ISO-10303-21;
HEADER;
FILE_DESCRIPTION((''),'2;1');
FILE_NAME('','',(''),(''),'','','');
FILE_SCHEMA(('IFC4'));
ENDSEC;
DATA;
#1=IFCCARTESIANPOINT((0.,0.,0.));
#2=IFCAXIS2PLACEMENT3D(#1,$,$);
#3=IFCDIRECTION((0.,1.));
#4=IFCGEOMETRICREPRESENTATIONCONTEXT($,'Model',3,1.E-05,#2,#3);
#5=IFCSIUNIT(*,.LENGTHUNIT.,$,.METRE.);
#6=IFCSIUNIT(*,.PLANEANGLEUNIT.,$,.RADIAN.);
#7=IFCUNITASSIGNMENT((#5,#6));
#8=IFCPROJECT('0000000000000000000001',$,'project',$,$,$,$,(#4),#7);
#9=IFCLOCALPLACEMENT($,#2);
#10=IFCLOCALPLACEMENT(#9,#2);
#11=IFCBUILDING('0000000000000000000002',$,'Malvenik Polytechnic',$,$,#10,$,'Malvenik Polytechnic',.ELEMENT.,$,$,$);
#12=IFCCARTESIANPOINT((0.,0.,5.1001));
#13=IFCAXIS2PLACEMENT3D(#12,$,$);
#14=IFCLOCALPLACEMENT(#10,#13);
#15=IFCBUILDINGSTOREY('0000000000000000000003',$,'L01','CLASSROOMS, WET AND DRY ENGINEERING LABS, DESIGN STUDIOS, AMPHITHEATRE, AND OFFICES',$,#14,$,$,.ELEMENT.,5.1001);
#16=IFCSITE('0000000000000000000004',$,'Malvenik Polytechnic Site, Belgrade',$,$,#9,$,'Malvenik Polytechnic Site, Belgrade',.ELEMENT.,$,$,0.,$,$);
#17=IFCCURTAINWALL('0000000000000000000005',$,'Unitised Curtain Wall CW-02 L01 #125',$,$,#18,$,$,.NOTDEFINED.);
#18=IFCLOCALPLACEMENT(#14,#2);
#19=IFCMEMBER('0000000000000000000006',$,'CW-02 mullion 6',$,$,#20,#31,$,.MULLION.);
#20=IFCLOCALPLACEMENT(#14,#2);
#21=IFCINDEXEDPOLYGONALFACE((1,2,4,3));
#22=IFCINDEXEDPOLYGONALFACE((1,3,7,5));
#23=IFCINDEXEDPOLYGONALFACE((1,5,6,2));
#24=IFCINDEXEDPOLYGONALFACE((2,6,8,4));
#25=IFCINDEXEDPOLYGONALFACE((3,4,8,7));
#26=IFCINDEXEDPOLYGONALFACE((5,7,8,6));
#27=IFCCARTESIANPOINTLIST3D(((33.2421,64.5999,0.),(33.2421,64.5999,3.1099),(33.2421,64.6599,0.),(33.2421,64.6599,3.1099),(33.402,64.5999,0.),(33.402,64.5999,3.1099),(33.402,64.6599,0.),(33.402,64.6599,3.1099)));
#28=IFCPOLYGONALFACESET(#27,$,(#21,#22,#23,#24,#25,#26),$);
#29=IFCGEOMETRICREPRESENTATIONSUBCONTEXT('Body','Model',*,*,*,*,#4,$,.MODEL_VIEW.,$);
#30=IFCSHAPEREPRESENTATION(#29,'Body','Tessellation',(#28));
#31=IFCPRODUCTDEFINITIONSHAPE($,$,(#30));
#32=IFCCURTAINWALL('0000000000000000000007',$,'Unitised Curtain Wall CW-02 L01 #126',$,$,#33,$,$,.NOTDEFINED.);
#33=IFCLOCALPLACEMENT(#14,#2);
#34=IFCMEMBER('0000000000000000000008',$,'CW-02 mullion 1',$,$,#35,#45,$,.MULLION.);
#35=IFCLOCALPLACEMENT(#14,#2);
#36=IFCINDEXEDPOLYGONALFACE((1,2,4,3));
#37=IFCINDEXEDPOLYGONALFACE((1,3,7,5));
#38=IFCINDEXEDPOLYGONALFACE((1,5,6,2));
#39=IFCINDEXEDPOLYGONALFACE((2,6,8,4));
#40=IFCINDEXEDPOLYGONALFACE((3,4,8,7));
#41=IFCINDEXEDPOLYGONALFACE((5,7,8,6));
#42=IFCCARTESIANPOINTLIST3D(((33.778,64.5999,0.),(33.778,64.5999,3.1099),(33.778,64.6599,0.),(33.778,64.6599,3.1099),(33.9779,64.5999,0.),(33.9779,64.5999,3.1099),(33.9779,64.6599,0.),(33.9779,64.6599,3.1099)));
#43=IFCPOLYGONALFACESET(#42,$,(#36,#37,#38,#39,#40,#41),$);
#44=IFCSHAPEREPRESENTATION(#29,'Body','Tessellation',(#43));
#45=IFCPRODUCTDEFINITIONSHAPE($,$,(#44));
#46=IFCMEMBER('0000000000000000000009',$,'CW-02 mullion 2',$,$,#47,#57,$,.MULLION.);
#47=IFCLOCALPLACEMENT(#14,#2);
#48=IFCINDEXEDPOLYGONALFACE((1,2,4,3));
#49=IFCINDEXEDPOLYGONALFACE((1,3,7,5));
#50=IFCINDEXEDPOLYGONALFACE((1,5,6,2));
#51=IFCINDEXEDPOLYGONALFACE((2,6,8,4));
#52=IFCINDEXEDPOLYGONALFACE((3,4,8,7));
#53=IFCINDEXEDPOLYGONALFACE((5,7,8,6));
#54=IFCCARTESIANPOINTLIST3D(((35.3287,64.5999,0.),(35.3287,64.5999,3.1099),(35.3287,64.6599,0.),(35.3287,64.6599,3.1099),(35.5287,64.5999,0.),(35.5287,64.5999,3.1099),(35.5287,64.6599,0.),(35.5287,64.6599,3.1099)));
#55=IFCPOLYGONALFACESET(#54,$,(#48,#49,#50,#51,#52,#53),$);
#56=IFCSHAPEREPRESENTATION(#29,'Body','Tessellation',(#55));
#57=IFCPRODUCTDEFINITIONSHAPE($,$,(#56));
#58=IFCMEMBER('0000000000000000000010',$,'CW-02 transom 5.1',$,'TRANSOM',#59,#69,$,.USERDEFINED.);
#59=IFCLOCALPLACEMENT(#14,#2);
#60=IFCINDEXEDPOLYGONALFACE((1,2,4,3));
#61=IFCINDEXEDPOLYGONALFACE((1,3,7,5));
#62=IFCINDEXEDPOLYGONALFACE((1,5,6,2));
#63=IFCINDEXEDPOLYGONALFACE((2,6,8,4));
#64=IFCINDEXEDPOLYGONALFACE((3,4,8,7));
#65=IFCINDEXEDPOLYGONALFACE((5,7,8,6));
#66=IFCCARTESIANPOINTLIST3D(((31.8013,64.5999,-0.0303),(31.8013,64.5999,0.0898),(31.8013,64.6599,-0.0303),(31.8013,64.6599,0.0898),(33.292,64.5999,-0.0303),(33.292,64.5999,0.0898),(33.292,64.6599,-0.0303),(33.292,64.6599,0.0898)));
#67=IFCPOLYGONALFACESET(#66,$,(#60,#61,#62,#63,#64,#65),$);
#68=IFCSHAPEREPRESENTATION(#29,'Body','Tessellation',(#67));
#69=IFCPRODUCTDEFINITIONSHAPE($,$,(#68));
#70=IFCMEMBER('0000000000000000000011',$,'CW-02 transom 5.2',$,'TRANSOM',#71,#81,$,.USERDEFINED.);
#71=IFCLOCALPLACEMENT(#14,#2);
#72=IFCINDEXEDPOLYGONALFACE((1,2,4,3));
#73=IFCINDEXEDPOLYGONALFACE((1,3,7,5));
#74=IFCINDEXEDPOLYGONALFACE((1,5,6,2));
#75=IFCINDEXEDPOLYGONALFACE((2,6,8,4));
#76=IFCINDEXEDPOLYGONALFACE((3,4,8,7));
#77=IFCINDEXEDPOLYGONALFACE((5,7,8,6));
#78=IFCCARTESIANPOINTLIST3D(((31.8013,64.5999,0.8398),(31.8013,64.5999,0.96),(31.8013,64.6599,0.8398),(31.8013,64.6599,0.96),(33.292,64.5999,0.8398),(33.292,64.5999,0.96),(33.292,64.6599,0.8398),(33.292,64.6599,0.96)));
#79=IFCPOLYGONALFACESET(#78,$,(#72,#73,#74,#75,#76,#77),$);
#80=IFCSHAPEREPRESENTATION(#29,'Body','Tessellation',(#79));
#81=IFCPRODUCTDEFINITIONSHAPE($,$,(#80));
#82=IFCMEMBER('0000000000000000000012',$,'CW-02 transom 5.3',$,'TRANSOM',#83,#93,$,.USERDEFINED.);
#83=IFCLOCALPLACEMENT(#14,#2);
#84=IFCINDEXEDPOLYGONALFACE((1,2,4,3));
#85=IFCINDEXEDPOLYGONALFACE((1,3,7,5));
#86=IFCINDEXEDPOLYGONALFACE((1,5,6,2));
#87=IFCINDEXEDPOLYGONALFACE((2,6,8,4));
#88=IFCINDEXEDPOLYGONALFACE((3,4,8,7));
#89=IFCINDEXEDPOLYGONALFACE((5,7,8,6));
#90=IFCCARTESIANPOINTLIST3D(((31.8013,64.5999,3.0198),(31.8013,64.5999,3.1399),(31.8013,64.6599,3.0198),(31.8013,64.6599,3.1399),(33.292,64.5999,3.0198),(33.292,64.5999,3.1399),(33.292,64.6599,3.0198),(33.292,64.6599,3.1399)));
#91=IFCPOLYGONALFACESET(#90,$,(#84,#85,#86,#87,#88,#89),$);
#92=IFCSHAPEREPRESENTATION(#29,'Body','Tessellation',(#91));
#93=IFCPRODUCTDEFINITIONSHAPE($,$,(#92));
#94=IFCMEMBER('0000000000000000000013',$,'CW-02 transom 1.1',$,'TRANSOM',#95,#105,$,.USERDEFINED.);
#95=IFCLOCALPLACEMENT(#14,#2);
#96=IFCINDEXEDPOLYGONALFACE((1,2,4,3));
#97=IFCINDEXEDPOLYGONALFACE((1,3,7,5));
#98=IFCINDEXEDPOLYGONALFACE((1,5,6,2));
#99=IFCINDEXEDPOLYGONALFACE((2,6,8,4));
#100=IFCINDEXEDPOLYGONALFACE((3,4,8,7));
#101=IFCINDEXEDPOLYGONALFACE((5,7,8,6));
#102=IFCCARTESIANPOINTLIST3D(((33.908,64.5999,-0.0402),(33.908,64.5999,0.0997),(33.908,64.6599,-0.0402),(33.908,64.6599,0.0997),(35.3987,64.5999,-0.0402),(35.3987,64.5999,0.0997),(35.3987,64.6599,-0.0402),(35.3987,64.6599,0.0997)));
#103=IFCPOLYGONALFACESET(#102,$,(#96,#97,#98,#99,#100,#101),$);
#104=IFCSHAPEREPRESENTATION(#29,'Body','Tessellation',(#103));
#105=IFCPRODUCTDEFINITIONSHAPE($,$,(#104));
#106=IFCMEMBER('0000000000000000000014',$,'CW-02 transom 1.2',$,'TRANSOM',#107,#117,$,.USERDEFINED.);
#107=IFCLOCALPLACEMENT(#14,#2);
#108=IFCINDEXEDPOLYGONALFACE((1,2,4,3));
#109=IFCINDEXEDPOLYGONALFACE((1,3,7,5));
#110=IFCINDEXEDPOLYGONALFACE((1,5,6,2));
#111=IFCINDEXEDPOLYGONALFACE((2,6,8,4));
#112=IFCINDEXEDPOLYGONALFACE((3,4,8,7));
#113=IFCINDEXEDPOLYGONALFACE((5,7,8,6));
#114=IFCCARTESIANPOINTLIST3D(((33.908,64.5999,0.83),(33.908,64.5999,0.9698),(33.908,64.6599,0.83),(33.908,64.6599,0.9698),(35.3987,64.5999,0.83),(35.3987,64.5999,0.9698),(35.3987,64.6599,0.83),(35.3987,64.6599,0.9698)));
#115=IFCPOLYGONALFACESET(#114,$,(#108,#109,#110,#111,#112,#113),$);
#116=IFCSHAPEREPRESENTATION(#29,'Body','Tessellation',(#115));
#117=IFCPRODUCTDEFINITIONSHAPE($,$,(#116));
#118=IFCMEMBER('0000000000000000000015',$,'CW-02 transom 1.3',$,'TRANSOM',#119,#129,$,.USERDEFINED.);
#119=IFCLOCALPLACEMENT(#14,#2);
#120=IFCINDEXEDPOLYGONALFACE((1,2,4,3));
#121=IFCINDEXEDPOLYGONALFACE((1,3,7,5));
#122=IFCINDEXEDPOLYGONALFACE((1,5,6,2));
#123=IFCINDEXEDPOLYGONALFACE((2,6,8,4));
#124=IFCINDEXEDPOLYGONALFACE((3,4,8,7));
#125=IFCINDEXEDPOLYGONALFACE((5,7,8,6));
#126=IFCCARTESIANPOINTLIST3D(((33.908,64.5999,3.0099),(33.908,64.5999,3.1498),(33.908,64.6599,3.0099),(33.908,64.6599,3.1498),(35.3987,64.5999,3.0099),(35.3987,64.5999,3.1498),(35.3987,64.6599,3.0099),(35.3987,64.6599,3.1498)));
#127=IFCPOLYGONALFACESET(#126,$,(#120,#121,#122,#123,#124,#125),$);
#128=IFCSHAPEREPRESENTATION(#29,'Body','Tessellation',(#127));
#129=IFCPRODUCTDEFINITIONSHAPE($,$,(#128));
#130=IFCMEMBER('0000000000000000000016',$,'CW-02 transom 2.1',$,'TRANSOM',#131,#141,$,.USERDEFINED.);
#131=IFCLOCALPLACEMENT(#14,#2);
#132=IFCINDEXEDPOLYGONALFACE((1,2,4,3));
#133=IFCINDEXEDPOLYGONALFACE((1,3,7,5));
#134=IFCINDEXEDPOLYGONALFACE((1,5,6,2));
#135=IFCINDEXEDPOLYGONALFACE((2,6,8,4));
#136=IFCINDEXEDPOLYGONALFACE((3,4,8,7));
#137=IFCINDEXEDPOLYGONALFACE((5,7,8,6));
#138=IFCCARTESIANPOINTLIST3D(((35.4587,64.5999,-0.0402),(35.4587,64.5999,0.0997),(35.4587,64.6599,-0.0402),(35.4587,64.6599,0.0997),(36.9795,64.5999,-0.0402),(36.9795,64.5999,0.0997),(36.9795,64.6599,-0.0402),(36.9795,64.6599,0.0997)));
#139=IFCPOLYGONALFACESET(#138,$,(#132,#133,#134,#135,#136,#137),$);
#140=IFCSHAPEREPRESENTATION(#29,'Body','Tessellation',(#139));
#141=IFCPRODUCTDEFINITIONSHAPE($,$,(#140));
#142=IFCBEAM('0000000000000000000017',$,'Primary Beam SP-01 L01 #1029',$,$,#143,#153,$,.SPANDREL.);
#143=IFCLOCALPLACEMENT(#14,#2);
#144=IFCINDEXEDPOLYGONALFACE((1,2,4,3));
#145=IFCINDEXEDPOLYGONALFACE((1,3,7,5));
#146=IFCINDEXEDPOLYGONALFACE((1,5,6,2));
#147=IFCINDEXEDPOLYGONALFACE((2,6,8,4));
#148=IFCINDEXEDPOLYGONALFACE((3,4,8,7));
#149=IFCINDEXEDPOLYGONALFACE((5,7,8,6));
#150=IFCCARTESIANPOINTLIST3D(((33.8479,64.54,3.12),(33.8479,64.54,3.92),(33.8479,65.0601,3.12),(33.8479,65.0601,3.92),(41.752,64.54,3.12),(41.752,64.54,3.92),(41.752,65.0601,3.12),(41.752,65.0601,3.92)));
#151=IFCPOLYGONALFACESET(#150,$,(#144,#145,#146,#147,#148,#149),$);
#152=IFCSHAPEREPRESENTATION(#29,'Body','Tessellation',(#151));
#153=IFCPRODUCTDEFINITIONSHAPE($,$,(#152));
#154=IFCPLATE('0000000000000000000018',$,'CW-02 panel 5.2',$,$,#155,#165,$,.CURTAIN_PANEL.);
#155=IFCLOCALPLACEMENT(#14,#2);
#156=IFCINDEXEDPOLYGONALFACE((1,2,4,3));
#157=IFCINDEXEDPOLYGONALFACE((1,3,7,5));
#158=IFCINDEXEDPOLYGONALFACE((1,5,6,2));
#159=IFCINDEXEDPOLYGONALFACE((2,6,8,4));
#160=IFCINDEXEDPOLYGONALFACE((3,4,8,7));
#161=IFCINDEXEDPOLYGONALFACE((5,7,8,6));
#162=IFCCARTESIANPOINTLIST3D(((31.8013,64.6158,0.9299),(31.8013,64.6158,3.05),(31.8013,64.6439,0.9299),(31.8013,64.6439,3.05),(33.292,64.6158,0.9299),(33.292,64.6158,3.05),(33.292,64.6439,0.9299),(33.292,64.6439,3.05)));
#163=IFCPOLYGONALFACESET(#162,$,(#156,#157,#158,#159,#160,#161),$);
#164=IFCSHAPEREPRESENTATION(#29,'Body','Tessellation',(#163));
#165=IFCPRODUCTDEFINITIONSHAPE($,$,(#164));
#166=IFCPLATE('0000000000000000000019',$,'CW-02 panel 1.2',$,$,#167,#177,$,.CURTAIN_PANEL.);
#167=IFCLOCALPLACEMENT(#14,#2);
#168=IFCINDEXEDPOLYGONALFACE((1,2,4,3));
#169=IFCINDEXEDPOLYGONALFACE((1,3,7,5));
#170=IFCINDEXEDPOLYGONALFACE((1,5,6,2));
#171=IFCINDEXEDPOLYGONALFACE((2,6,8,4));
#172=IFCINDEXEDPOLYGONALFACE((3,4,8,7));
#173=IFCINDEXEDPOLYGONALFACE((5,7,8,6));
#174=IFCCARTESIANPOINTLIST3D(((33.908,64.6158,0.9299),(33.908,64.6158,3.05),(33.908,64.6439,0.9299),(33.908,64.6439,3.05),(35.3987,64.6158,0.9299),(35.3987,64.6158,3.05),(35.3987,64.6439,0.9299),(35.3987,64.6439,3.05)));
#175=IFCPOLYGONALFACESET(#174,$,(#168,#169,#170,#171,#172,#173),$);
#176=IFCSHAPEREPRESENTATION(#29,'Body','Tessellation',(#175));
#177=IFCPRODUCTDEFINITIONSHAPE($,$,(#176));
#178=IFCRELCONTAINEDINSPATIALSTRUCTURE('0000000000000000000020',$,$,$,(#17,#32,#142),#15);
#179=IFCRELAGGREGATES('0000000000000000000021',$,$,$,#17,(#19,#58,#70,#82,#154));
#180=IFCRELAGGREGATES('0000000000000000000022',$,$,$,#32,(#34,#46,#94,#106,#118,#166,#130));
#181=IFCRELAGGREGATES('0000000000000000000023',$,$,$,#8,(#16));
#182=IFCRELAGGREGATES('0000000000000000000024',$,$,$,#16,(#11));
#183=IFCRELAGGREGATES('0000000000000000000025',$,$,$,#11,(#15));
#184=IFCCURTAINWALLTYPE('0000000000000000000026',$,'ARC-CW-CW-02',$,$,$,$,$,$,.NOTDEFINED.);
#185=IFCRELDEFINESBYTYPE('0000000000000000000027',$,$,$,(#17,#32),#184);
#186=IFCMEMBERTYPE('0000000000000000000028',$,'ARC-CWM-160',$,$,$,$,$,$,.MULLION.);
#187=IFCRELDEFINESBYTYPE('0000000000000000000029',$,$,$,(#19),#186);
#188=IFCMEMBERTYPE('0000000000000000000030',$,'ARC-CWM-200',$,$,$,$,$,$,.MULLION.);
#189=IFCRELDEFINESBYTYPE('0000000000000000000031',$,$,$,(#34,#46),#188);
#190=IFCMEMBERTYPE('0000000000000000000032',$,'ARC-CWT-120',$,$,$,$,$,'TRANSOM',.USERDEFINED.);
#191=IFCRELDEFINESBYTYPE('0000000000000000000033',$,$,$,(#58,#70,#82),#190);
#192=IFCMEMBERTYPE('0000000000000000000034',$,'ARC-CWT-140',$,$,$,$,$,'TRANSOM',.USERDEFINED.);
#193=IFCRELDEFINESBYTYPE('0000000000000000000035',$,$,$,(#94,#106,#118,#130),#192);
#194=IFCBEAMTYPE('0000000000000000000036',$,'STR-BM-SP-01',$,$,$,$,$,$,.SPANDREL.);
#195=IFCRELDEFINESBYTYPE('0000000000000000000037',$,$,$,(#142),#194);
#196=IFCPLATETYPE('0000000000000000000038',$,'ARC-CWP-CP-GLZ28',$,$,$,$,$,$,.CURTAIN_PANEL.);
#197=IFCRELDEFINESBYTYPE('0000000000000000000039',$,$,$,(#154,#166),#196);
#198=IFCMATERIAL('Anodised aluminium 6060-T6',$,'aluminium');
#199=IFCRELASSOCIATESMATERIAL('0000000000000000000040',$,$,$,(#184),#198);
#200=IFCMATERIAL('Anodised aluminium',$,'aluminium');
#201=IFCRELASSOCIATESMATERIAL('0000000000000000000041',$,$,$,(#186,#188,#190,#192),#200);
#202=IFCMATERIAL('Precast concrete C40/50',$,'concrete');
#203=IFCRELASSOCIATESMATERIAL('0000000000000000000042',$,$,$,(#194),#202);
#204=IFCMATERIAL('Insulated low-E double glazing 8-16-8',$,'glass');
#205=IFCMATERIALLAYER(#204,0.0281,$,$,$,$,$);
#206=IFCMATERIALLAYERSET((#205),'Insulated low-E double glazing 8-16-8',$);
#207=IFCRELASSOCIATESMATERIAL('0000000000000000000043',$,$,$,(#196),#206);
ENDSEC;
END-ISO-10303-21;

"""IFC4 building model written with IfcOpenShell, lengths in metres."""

from ifc_helpers import new_model, si_unit, direction, frame, origin, origin_2d, place, context, subcontext, project, spatial, rectangle, extrude, material, layer, layer_set, material_profile, profile_set, type_object, element, aggregate, save


model = new_model("IFC4")

# Units and contexts
model_context = context("Model", 3, precision=1e-05, world=origin(), true_north=direction((0.0, 1.0)))
body_context = subcontext(model_context, "Body", "Model", "MODEL_VIEW")
ifc_project = project(units=[si_unit("LENGTHUNIT", "METRE"), si_unit("PLANEANGLEUNIT", "RADIAN")], contexts=[model_context])

# Site, building, storey
site_placement = place(None, origin())
site = spatial("IfcSite", under=ifc_project, at=site_placement, Name="Malvenik Polytechnic Site, Belgrade", LongName="Malvenik Polytechnic Site, Belgrade", CompositionType="ELEMENT", RefElevation=0.0)
building_placement = place(site_placement, origin())
building = spatial("IfcBuilding", under=site, at=building_placement, Name="Malvenik Polytechnic", LongName="Malvenik Polytechnic", CompositionType="ELEMENT")
storey_placement = place(building_placement, frame((0.0, 0.0, 5.1001)))
storey = spatial("IfcBuildingStorey", under=building, at=storey_placement, Name="L01", Description="CLASSROOMS, WET AND DRY ENGINEERING LABS, DESIGN STUDIOS, AMPHITHEATRE, AND OFFICES", CompositionType="ELEMENT", Elevation=5.1001)

# Curtain walls, members
ifc_material_1 = material(Name="Anodised aluminium 6060-T6", Category="aluminium")
curtain_wall_type = type_object("IfcCurtainWallType", Name="ARC-CW-CW-02", PredefinedType="NOTDEFINED", material=ifc_material_1)
curtain_wall_1_placement = place(storey_placement, origin())
curtain_wall_1 = element("IfcCurtainWall", 1, at=curtain_wall_1_placement, inside=storey, type_object=curtain_wall_type, Name="Unitised Curtain Wall CW-02 L01 #125", PredefinedType="NOTDEFINED")
ifc_material_2 = material(Name="Anodised aluminium", Category="aluminium")
ifc_material_profile_1 = material_profile(ifc_material_2, rectangle(XDim=0.0601, YDim=0.1599, at=origin_2d()), Name="ALU MULLION 60x160")
ifc_profile_set_1 = profile_set([ifc_material_profile_1], Name="Anodised aluminium")
member_type_1 = type_object("IfcMemberType", Name="ARC-CWM-160", PredefinedType="MULLION", material=ifc_profile_set_1)
member_1_placement = place(storey_placement, frame((33.322, 64.6299, 0.0), z_axis=(0.0, 0.0, 1.0), x_axis=(0.0, 1.0, 0.0)))
member_1 = element("IfcMember", 2, at=member_1_placement, type_object=member_type_1, Name="CW-02 mullion 6", PredefinedType="MULLION", context=body_context, shape_type="SweptSolid", body=[
    extrude(rectangle(XDim=0.0601, YDim=0.1599, at=origin_2d()), origin(), (0.0, 0.0, 1.0), 3.1099),
])
curtain_wall_2_placement = place(storey_placement, origin())
curtain_wall_2 = element("IfcCurtainWall", 3, at=curtain_wall_2_placement, inside=storey, type_object=curtain_wall_type, Name="Unitised Curtain Wall CW-02 L01 #126", PredefinedType="NOTDEFINED")
ifc_material_profile_2 = material_profile(ifc_material_2, rectangle(XDim=0.0601, YDim=0.2, at=origin_2d()), Name="ALU MULLION 60x200")
ifc_profile_set_2 = profile_set([ifc_material_profile_2], Name="Anodised aluminium")
member_type_2 = type_object("IfcMemberType", Name="ARC-CWM-200", PredefinedType="MULLION", material=ifc_profile_set_2)
member_2_placement = place(storey_placement, frame((33.8779, 64.6299, 0.0), z_axis=(0.0, 0.0, 1.0), x_axis=(0.0, 1.0, 0.0)))
member_2 = element("IfcMember", 4, at=member_2_placement, type_object=member_type_2, Name="CW-02 mullion 1", PredefinedType="MULLION", context=body_context, shape_type="SweptSolid", body=[
    extrude(rectangle(XDim=0.0601, YDim=0.2, at=origin_2d()), origin(), (0.0, 0.0, 1.0), 3.1099),
])
member_3_placement = place(storey_placement, frame((35.4287, 64.6299, 0.0), z_axis=(0.0, 0.0, 1.0), x_axis=(0.0, 1.0, 0.0)))
member_3 = element("IfcMember", 5, at=member_3_placement, type_object=member_type_2, Name="CW-02 mullion 2", PredefinedType="MULLION", context=body_context, shape_type="SweptSolid", body=[
    extrude(rectangle(XDim=0.0601, YDim=0.2, at=origin_2d()), origin(), (0.0, 0.0, 1.0), 3.1099),
])

# Members
ifc_material_profile_3 = material_profile(ifc_material_2, rectangle(XDim=0.0601, YDim=0.1201, at=origin_2d()), Name="ALU TRANSOM 60x120")
ifc_profile_set_3 = profile_set([ifc_material_profile_3], Name="Anodised aluminium")
member_type_3 = type_object("IfcMemberType", Name="ARC-CWT-120", ElementType="TRANSOM", PredefinedType="USERDEFINED", material=ifc_profile_set_3)
member_4_placement = place(storey_placement, frame((31.8013, 64.6299, 0.0298), z_axis=(1.0, 0.0, 0.0), x_axis=(0.0, 1.0, 0.0)))
member_4 = element("IfcMember", 6, at=member_4_placement, type_object=member_type_3, Name="CW-02 transom 5.1", ObjectType="TRANSOM", PredefinedType="USERDEFINED", context=body_context, shape_type="SweptSolid", body=[
    extrude(rectangle(XDim=0.0601, YDim=0.1201, at=origin_2d()), origin(), (0.0, 0.0, 1.0), 1.4907),
])
member_5_placement = place(storey_placement, frame((31.8013, 64.6299, 0.8999), z_axis=(1.0, 0.0, 0.0), x_axis=(0.0, 1.0, 0.0)))
member_5 = element("IfcMember", 7, at=member_5_placement, type_object=member_type_3, Name="CW-02 transom 5.2", ObjectType="TRANSOM", PredefinedType="USERDEFINED", context=body_context, shape_type="SweptSolid", body=[
    extrude(rectangle(XDim=0.0601, YDim=0.1201, at=origin_2d()), origin(), (0.0, 0.0, 1.0), 1.4907),
])
member_6_placement = place(storey_placement, frame((31.8013, 64.6299, 3.0798), z_axis=(1.0, 0.0, 0.0), x_axis=(0.0, 1.0, 0.0)))
member_6 = element("IfcMember", 8, at=member_6_placement, type_object=member_type_3, Name="CW-02 transom 5.3", ObjectType="TRANSOM", PredefinedType="USERDEFINED", context=body_context, shape_type="SweptSolid", body=[
    extrude(rectangle(XDim=0.0601, YDim=0.1201, at=origin_2d()), origin(), (0.0, 0.0, 1.0), 1.4907),
])
ifc_material_profile_4 = material_profile(ifc_material_2, rectangle(XDim=0.0601, YDim=0.1399, at=origin_2d()), Name="ALU TRANSOM 60x140")
ifc_profile_set_4 = profile_set([ifc_material_profile_4], Name="Anodised aluminium")
member_type_4 = type_object("IfcMemberType", Name="ARC-CWT-140", ElementType="TRANSOM", PredefinedType="USERDEFINED", material=ifc_profile_set_4)
member_7_placement = place(storey_placement, frame((33.908, 64.6299, 0.0298), z_axis=(1.0, 0.0, 0.0), x_axis=(0.0, 1.0, 0.0)))
member_7 = element("IfcMember", 9, at=member_7_placement, type_object=member_type_4, Name="CW-02 transom 1.1", ObjectType="TRANSOM", PredefinedType="USERDEFINED", context=body_context, shape_type="SweptSolid", body=[
    extrude(rectangle(XDim=0.0601, YDim=0.1399, at=origin_2d()), origin(), (0.0, 0.0, 1.0), 1.4907),
])
member_8_placement = place(storey_placement, frame((33.908, 64.6299, 0.8999), z_axis=(1.0, 0.0, 0.0), x_axis=(0.0, 1.0, 0.0)))
member_8 = element("IfcMember", 10, at=member_8_placement, type_object=member_type_4, Name="CW-02 transom 1.2", ObjectType="TRANSOM", PredefinedType="USERDEFINED", context=body_context, shape_type="SweptSolid", body=[
    extrude(rectangle(XDim=0.0601, YDim=0.1399, at=origin_2d()), origin(), (0.0, 0.0, 1.0), 1.4907),
])
member_9_placement = place(storey_placement, frame((33.908, 64.6299, 3.0798), z_axis=(1.0, 0.0, 0.0), x_axis=(0.0, 1.0, 0.0)))
member_9 = element("IfcMember", 11, at=member_9_placement, type_object=member_type_4, Name="CW-02 transom 1.3", ObjectType="TRANSOM", PredefinedType="USERDEFINED", context=body_context, shape_type="SweptSolid", body=[
    extrude(rectangle(XDim=0.0601, YDim=0.1399, at=origin_2d()), origin(), (0.0, 0.0, 1.0), 1.4907),
])
member_10_placement = place(storey_placement, frame((35.4587, 64.6299, 0.0298), z_axis=(1.0, 0.0, 0.0), x_axis=(0.0, 1.0, 0.0)))
member_10 = element("IfcMember", 12, at=member_10_placement, type_object=member_type_4, Name="CW-02 transom 2.1", ObjectType="TRANSOM", PredefinedType="USERDEFINED", context=body_context, shape_type="SweptSolid", body=[
    extrude(rectangle(XDim=0.0601, YDim=0.1399, at=origin_2d()), origin(), (0.0, 0.0, 1.0), 1.5208),
])

# Beam
ifc_material_3 = material(Name="Precast concrete C40/50", Category="concrete")
ifc_material_profile_5 = material_profile(ifc_material_3, rectangle(XDim=0.52, YDim=0.8, at=origin_2d()), Name="PC SPN 520x800")
ifc_profile_set_5 = profile_set([ifc_material_profile_5], Name="Precast concrete C40/50")
beam_type = type_object("IfcBeamType", Name="STR-BM-SP-01", PredefinedType="SPANDREL", material=ifc_profile_set_5)
beam_placement = place(storey_placement, frame((33.8479, 64.8, 3.52), z_axis=(1.0, 0.0, 0.0), x_axis=(0.0, 1.0, 0.0)))
element("IfcBeam", 13, at=beam_placement, inside=storey, type_object=beam_type, Name="Primary Beam SP-01 L01 #1029", PredefinedType="SPANDREL", context=body_context, shape_type="SweptSolid", body=[
    extrude(rectangle(XDim=0.52, YDim=0.8, at=origin_2d()), origin(), (0.0, 0.0, 1.0), 7.9041),
])

# Plates
ifc_material_4 = material(Name="Insulated low-E double glazing 8-16-8", Category="glass")
ifc_layer_1 = layer(ifc_material_4, 0.0281)
ifc_layer_set_1 = layer_set([ifc_layer_1], Name="Insulated low-E double glazing 8-16-8")
plate_type_1 = type_object("IfcPlateType", Name="ARC-CWP-CP-GLZ28", PredefinedType="CURTAIN_PANEL", material=ifc_layer_set_1)
plate_1_placement = place(storey_placement, frame((32.5466, 64.6299, 0.9299), z_axis=(0.0, 0.0, 1.0), x_axis=(1.0, 0.0, 0.0)))
plate_1 = element("IfcPlate", 14, at=plate_1_placement, type_object=plate_type_1, Name="CW-02 panel 5.2", PredefinedType="CURTAIN_PANEL", context=body_context, shape_type="SweptSolid", body=[
    extrude(rectangle(XDim=1.4907, YDim=0.0281, at=origin_2d()), origin(), (0.0, 0.0, 1.0), 2.1201),
])
plate_2_placement = place(storey_placement, frame((34.6533, 64.6299, 0.9299), z_axis=(0.0, 0.0, 1.0), x_axis=(1.0, 0.0, 0.0)))
plate_2 = element("IfcPlate", 15, at=plate_2_placement, type_object=plate_type_1, Name="CW-02 panel 1.2", PredefinedType="CURTAIN_PANEL", context=body_context, shape_type="SweptSolid", body=[
    extrude(rectangle(XDim=1.4907, YDim=0.0281, at=origin_2d()), origin(), (0.0, 0.0, 1.0), 2.1201),
])
aggregate(curtain_wall_1, [member_1, member_4, member_5, member_6, plate_1])
aggregate(curtain_wall_2, [member_2, member_3, member_7, member_8, member_9, plate_2, member_10])

save(model, "model.ifc")
